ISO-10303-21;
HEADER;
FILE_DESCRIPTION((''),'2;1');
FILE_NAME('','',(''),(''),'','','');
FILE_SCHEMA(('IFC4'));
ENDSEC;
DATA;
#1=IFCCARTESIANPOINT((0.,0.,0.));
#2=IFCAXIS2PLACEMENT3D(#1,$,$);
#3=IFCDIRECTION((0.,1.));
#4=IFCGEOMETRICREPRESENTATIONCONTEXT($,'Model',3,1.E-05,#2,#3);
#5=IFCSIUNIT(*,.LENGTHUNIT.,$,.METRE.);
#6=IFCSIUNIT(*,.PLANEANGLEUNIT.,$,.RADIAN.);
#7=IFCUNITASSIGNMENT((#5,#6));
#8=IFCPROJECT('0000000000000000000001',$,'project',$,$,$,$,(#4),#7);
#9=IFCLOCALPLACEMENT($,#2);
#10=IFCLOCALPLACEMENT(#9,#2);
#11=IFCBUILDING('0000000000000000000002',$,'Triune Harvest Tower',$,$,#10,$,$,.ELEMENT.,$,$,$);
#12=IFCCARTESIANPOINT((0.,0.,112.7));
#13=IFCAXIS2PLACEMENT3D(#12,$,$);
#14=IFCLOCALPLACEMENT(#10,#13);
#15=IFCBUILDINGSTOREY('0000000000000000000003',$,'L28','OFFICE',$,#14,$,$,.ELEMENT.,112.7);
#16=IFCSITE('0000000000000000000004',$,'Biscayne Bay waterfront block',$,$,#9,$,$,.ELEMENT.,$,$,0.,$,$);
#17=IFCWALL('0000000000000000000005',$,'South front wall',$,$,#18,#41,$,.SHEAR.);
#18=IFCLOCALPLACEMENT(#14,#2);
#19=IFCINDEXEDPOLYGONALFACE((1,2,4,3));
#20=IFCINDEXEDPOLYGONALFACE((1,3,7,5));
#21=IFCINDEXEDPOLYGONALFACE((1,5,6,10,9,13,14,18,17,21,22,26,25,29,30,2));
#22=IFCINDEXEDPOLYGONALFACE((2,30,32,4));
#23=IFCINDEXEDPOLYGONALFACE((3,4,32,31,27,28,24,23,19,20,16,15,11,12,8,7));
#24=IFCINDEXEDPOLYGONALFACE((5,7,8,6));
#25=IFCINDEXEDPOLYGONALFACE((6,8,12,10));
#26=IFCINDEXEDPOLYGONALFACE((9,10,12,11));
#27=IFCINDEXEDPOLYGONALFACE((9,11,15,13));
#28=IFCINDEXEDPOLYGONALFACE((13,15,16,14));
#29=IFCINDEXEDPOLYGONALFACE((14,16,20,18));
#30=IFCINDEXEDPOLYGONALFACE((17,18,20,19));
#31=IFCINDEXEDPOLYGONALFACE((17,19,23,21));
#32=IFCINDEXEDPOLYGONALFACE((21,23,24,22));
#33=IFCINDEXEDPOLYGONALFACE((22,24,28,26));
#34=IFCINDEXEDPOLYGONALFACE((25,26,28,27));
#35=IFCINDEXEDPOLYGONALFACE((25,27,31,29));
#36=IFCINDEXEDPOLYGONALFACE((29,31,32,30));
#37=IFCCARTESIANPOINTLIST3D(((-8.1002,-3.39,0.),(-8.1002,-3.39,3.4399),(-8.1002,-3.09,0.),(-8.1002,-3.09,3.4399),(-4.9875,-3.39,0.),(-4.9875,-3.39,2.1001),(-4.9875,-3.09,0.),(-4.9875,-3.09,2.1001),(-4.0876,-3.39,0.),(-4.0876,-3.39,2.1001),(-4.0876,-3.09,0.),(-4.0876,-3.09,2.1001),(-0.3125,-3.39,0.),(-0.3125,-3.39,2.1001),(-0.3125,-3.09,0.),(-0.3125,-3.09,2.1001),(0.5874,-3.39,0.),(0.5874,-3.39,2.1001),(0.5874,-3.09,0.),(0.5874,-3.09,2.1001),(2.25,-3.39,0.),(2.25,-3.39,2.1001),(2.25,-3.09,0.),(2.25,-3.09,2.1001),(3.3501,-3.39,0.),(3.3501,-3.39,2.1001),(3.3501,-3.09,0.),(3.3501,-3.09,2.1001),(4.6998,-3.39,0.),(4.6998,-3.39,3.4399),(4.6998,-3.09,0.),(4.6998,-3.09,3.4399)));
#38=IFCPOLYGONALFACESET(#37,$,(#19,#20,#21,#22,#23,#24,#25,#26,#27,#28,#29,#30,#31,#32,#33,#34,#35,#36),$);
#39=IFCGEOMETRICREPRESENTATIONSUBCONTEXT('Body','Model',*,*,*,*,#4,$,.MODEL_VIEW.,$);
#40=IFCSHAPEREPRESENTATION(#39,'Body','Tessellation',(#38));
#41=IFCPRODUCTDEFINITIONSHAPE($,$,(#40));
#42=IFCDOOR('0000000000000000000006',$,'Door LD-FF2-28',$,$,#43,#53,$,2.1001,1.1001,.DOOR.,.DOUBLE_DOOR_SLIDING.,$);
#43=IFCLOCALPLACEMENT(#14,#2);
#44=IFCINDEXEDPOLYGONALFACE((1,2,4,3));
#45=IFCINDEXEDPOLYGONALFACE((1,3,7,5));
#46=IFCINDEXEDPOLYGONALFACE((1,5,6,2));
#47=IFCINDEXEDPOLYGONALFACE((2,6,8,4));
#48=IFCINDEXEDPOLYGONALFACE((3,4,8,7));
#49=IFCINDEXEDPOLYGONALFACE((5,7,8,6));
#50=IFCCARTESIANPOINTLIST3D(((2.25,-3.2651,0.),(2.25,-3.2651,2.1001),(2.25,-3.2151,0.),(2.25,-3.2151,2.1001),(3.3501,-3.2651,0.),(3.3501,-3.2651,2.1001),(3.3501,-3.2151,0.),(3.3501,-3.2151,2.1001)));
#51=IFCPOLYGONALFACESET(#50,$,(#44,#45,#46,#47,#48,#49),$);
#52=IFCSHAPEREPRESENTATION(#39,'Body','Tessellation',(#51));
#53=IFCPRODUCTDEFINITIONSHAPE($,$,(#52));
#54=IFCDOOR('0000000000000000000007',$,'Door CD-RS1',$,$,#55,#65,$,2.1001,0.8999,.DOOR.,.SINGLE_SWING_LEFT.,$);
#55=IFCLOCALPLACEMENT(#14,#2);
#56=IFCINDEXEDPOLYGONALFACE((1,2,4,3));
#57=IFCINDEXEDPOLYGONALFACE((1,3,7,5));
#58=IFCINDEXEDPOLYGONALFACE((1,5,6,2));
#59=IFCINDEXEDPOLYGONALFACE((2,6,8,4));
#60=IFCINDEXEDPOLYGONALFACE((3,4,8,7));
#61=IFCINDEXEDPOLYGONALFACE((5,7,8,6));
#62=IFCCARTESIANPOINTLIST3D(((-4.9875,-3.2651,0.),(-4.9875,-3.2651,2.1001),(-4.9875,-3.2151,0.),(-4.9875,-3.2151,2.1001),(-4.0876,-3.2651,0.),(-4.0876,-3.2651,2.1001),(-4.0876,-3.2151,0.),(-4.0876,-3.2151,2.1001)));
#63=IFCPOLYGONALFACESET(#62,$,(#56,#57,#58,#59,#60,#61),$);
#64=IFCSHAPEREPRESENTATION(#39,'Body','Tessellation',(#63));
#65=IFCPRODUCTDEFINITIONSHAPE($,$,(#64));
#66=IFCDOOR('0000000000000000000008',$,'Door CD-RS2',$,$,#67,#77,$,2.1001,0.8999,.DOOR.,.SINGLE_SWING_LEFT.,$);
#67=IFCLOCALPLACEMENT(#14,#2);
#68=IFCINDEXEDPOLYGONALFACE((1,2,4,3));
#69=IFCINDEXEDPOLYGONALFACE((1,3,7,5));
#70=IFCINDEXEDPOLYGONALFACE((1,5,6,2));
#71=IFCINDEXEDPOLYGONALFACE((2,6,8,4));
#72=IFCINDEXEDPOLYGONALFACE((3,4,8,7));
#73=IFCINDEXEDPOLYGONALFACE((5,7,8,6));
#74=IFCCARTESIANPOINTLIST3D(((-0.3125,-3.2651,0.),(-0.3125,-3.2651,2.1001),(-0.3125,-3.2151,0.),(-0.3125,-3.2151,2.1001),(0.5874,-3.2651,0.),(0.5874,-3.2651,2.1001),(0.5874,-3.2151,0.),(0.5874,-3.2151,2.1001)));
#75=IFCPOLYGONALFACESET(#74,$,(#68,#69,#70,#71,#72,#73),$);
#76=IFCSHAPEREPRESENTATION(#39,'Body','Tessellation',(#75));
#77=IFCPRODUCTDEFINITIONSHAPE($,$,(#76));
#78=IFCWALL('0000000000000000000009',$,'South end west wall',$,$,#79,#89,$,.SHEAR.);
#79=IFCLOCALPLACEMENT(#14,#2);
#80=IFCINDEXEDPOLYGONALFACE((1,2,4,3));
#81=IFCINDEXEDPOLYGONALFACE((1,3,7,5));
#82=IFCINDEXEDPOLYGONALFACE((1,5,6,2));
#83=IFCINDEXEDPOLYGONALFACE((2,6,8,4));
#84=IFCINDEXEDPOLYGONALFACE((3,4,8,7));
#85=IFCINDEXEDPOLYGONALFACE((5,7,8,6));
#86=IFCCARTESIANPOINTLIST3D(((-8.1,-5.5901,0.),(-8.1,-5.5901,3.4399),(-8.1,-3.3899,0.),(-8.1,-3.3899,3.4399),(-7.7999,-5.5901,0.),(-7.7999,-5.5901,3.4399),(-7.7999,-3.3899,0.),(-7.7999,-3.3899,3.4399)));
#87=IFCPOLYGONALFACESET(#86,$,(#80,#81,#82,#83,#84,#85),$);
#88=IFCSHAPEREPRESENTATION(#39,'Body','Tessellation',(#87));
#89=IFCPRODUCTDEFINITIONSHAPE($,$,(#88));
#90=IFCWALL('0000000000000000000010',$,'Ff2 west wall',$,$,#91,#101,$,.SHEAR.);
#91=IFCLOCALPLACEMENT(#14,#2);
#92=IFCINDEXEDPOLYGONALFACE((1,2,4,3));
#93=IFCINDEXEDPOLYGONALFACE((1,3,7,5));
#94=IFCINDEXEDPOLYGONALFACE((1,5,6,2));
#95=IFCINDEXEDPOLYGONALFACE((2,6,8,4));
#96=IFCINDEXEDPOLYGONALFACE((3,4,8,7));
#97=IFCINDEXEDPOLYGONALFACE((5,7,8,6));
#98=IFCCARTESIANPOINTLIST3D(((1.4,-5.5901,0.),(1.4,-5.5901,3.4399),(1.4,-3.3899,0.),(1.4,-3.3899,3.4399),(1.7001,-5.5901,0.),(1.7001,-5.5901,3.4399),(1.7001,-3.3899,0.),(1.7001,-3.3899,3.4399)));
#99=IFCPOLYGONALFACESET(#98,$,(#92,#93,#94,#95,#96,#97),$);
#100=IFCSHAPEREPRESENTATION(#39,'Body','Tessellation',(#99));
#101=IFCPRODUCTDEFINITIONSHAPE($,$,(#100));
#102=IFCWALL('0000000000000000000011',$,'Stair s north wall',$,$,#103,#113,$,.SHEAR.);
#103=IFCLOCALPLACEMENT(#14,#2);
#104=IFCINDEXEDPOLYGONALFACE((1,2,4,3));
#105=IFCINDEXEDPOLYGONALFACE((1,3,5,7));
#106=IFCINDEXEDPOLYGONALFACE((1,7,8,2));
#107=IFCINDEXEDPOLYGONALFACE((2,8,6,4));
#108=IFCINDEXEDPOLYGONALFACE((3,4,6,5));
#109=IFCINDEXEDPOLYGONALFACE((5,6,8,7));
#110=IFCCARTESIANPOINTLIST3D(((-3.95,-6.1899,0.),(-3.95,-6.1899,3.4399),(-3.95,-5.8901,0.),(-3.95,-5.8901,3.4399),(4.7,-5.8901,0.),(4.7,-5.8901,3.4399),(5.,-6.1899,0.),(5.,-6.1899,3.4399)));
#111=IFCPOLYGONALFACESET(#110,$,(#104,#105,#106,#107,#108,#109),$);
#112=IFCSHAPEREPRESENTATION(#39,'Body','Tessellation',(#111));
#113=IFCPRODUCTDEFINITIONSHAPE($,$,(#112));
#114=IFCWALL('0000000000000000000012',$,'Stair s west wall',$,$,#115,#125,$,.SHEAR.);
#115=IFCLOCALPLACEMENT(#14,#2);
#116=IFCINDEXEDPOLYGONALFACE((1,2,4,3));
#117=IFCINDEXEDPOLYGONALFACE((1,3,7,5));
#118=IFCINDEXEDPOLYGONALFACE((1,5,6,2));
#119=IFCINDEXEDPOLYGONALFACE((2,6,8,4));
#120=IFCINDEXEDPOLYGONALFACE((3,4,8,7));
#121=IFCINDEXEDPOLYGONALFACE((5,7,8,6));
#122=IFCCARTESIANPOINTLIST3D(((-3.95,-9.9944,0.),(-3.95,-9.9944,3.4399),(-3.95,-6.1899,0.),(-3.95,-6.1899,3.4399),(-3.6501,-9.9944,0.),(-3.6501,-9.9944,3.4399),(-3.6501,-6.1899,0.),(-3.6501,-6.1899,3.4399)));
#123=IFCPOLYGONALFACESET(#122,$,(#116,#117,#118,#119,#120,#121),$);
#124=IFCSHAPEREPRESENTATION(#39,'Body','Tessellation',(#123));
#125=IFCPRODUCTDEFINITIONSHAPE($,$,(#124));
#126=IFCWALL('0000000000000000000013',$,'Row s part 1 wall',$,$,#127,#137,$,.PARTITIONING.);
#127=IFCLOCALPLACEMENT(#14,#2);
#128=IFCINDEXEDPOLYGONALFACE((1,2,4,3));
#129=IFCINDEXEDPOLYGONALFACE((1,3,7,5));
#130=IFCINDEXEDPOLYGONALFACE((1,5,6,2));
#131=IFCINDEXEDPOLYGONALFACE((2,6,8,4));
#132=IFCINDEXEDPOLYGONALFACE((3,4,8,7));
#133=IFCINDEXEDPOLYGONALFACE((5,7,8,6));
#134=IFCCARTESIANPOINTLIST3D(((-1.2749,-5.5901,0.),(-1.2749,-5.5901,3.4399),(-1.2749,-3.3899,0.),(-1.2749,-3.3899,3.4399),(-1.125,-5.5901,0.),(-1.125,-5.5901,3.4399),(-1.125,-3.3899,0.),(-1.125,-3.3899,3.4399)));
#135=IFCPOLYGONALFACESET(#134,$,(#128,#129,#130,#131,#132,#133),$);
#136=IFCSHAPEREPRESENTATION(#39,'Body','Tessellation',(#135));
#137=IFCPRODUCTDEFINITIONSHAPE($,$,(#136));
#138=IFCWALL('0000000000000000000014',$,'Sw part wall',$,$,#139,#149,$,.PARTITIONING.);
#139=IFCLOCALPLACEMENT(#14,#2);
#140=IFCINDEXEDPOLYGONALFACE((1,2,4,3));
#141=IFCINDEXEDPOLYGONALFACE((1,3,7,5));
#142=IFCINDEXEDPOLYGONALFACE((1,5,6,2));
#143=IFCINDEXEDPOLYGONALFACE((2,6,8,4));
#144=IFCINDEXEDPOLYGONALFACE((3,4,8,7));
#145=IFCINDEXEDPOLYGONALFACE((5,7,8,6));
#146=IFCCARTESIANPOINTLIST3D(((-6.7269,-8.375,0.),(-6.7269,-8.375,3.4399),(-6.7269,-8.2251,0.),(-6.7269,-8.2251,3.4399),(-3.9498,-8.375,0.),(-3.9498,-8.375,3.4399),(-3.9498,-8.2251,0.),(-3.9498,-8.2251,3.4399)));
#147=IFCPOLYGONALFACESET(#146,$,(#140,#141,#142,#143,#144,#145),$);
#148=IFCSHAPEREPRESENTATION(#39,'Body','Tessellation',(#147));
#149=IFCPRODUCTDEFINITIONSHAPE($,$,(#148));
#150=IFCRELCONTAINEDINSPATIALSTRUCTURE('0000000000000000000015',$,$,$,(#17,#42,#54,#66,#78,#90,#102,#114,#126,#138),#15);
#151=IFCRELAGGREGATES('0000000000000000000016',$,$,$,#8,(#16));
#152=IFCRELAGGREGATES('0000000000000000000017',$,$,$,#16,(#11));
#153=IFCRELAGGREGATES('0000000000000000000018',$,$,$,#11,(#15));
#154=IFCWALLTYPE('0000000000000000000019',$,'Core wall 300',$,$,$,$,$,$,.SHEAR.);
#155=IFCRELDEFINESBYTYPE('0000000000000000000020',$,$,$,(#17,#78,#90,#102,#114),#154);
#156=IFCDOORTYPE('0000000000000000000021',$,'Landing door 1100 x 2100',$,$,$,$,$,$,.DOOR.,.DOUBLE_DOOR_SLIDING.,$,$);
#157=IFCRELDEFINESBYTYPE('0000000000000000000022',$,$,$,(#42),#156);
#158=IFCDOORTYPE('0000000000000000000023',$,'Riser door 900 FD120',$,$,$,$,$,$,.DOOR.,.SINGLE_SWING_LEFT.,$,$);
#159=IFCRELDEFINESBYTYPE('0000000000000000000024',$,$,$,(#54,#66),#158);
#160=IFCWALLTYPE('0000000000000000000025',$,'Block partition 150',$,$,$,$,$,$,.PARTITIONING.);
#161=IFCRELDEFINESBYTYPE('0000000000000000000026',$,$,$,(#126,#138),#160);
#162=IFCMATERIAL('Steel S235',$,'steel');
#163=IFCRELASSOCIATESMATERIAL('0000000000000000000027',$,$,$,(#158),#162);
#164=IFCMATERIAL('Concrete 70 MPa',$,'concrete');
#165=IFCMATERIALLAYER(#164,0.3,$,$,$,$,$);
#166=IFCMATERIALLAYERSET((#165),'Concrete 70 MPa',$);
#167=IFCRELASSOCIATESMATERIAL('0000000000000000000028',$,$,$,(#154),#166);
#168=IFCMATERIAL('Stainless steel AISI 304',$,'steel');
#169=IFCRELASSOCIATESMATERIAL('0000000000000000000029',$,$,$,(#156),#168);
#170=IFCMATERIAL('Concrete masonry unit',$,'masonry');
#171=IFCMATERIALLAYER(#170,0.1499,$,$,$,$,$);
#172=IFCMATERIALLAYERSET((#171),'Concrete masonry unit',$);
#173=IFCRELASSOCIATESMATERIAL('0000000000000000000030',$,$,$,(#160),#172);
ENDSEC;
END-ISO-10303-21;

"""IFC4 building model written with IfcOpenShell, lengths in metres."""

from ifc_helpers import new_model, si_unit, direction, frame, frame_2d, origin, place, context, subcontext, project, spatial, polyline, rectangle, outline, extrude, source, transform, mapped, material, layer, layer_set, type_object, element, fill, save


model = new_model("IFC4")

# Units and contexts
model_context = context("Model", 3, precision=1e-05, world=origin(), true_north=direction((0.0, 1.0)))
body_context = subcontext(model_context, "Body", "Model", "MODEL_VIEW")
ifc_project = project(units=[si_unit("LENGTHUNIT", "METRE"), si_unit("PLANEANGLEUNIT", "RADIAN")], contexts=[model_context])

# Site, building, storey
site_placement = place(None, origin())
site = spatial("IfcSite", under=ifc_project, at=site_placement, Name="Biscayne Bay waterfront block", CompositionType="ELEMENT", RefElevation=0.0)
building_placement = place(site_placement, origin())
building = spatial("IfcBuilding", under=site, at=building_placement, Name="Triune Harvest Tower", CompositionType="ELEMENT")
storey_placement = place(building_placement, frame((0.0, 0.0, 112.7)))
storey = spatial("IfcBuildingStorey", under=building, at=storey_placement, Name="L28", Description="OFFICE", CompositionType="ELEMENT", Elevation=112.7)

# Shared definitions
ifc_material_1 = material(Name="Steel S235", Category="steel")
door_type_1 = type_object("IfcDoorType", Name="Riser door 900 FD120", OperationType="SINGLE_SWING_LEFT", PredefinedType="DOOR", material=ifc_material_1)

# Shared definitions
ifc_material_2 = material(Name="Concrete 70 MPa", Category="concrete")
ifc_layer_1 = layer(ifc_material_2, 0.3)
ifc_layer_set_1 = layer_set([ifc_layer_1], Name="Concrete 70 MPa")
wall_type_1 = type_object("IfcWallType", Name="Core wall 300", PredefinedType="SHEAR", material=ifc_layer_set_1)

# Wall, openings, doors
shared_shape_1 = source(origin(), body_context, "Body", "SweptSolid", [
    extrude(rectangle(XDim=12.8, YDim=0.3, at=frame_2d((6.3999, 0.0))), origin(), (0.0, 0.0, 1.0), 3.4399),
])
wall_1_placement = place(storey_placement, frame((-8.1001, -3.24, 0.0), z_axis=(0.0, 0.0, 1.0), x_axis=(1.0, 0.0, 0.0)))
wall_1 = element("IfcWall", 1, at=wall_1_placement, inside=storey, type_object=wall_type_1, Name="South front wall", PredefinedType="SHEAR", context=body_context, shape_type="MappedRepresentation", body=[
    mapped(shared_shape_1, transform((0.0, 0.0, 0.0), scale=1.0)),
])
opening_1_placement = place(wall_1_placement, frame((3.1125, 0.0, 0.0)))
opening_1 = element("IfcOpeningElement", 2, at=opening_1_placement, cuts=wall_1, PredefinedType="OPENING", context=body_context, shape_type="SweptSolid", body=[
    extrude(rectangle(XDim=0.8999, YDim=2.1001, at=frame_2d((0.45, 1.05))), frame((0.0, 0.1602, 0.0), z_axis=(0.0, -1.0, 0.0), x_axis=(1.0, 0.0, 0.0)), (0.0, 0.0, 1.0), 0.3201),
])
opening_2_placement = place(wall_1_placement, frame((7.7876, 0.0, 0.0)))
opening_2 = element("IfcOpeningElement", 3, at=opening_2_placement, cuts=wall_1, PredefinedType="OPENING", context=body_context, shape_type="SweptSolid", body=[
    extrude(rectangle(XDim=0.8999, YDim=2.1001, at=frame_2d((0.45, 1.05))), frame((0.0, 0.1602, 0.0), z_axis=(0.0, -1.0, 0.0), x_axis=(1.0, 0.0, 0.0)), (0.0, 0.0, 1.0), 0.3201),
])
opening_3_placement = place(wall_1_placement, frame((10.3501, 0.0, 0.0)))
opening_3 = element("IfcOpeningElement", 4, at=opening_3_placement, cuts=wall_1, PredefinedType="OPENING", context=body_context, shape_type="SweptSolid", body=[
    extrude(rectangle(XDim=1.1001, YDim=2.1001, at=frame_2d((0.55, 1.05))), frame((0.0, 0.1602, 0.0), z_axis=(0.0, -1.0, 0.0), x_axis=(1.0, 0.0, 0.0)), (0.0, 0.0, 1.0), 0.3201),
])
ifc_material_3 = material(Name="Stainless steel AISI 304", Category="steel")
door_type_2 = type_object("IfcDoorType", Name="Landing door 1100 x 2100", OperationType="DOUBLE_DOOR_SLIDING", PredefinedType="DOOR", material=ifc_material_3)
door_1_placement = place(opening_3_placement, origin())
door_1 = element("IfcDoor", 5, at=door_1_placement, inside=storey, type_object=door_type_2, Name="Door LD-FF2-28", OperationType="DOUBLE_DOOR_SLIDING", OverallHeight=2.1001, OverallWidth=1.1001, PredefinedType="DOOR", context=body_context, shape_type="SweptSolid", body=[
    extrude(rectangle(XDim=1.1001, YDim=2.1001, at=frame_2d((0.55, 1.05))), frame((0.0, 0.0249, 0.0), z_axis=(0.0, -1.0, 0.0), x_axis=(1.0, 0.0, 0.0)), (0.0, 0.0, 1.0), 0.05),
])
fill(opening_3, door_1)
door_2_placement = place(opening_1_placement, origin())
door_2 = element("IfcDoor", 6, at=door_2_placement, inside=storey, type_object=door_type_1, Name="Door CD-RS1", OperationType="SINGLE_SWING_LEFT", OverallHeight=2.1001, OverallWidth=0.8999, PredefinedType="DOOR", context=body_context, shape_type="SweptSolid", body=[
    extrude(rectangle(XDim=0.8999, YDim=2.1001, at=frame_2d((0.45, 1.05))), frame((0.0, 0.0249, 0.0), z_axis=(0.0, -1.0, 0.0), x_axis=(1.0, 0.0, 0.0)), (0.0, 0.0, 1.0), 0.05),
])
fill(opening_1, door_2)
door_3_placement = place(opening_2_placement, origin())
door_3 = element("IfcDoor", 7, at=door_3_placement, inside=storey, type_object=door_type_1, Name="Door CD-RS2", OperationType="SINGLE_SWING_LEFT", OverallHeight=2.1001, OverallWidth=0.8999, PredefinedType="DOOR", context=body_context, shape_type="SweptSolid", body=[
    extrude(rectangle(XDim=0.8999, YDim=2.1001, at=frame_2d((0.45, 1.05))), frame((0.0, 0.0249, 0.0), z_axis=(0.0, -1.0, 0.0), x_axis=(1.0, 0.0, 0.0)), (0.0, 0.0, 1.0), 0.05),
])
fill(opening_2, door_3)

# Walls
shared_shape_2 = source(origin(), body_context, "Body", "SweptSolid", [
    extrude(rectangle(XDim=2.2002, YDim=0.3, at=frame_2d((1.1001, 0.0))), origin(), (0.0, 0.0, 1.0), 3.4399),
])
for number, where, z_axis, x_axis, name in (
    (8, (-7.95, -5.5901, 0.0), (0.0, 0.0, 1.0), (0.0, 1.0, 0.0), "South end west wall"),
    (9, (1.55, -5.5901, 0.0), (0.0, 0.0, 1.0), (0.0, 1.0, 0.0), "Ff2 west wall"),
):
    element("IfcWall", number, at=place(storey_placement, frame(where, z_axis=z_axis, x_axis=x_axis)), inside=storey, type_object=wall_type_1, Name=name, PredefinedType="SHEAR", context=body_context, shape_type="MappedRepresentation", body=[
        mapped(shared_shape_2, transform((0.0, 0.0, 0.0), scale=1.0)),
    ])
shared_shape_3 = source(origin(), body_context, "Body", "SweptSolid", [
    extrude(outline(polyline([(0.0, -0.1499), (8.95, -0.1499), (8.6499, 0.1499), (0.0, 0.1499), (0.0, -0.1499)])), origin(), (0.0, 0.0, 1.0), 3.4399),
])
wall_2_placement = place(storey_placement, frame((-3.95, -6.04, 0.0), z_axis=(0.0, 0.0, 1.0), x_axis=(1.0, 0.0, 0.0)))
element("IfcWall", 10, at=wall_2_placement, inside=storey, type_object=wall_type_1, Name="Stair s north wall", PredefinedType="SHEAR", context=body_context, shape_type="MappedRepresentation", body=[
    mapped(shared_shape_3, transform((0.0, 0.0, 0.0), scale=1.0)),
])
shared_shape_4 = source(origin(), body_context, "Body", "SweptSolid", [
    extrude(outline(polyline([(3.8, -0.1499), (-0.0044, -0.1499), (-0.0044, 0.1499), (3.8, 0.1499), (3.8, -0.1499)])), origin(), (0.0, 0.0, 1.0), 3.4399),
])
wall_3_placement = place(storey_placement, frame((-3.8, -9.99, 0.0), z_axis=(0.0, 0.0, 1.0), x_axis=(0.0, 1.0, 0.0)))
element("IfcWall", 11, at=wall_3_placement, inside=storey, type_object=wall_type_1, Name="Stair s west wall", PredefinedType="SHEAR", context=body_context, shape_type="MappedRepresentation", body=[
    mapped(shared_shape_4, transform((0.0, 0.0, 0.0), scale=1.0)),
])
ifc_material_4 = material(Name="Concrete masonry unit", Category="masonry")
ifc_layer_2 = layer(ifc_material_4, 0.1499)
ifc_layer_set_2 = layer_set([ifc_layer_2], Name="Concrete masonry unit")
wall_type_2 = type_object("IfcWallType", Name="Block partition 150", PredefinedType="PARTITIONING", material=ifc_layer_set_2)
shared_shape_5 = source(origin(), body_context, "Body", "SweptSolid", [
    extrude(rectangle(XDim=2.2002, YDim=0.1499, at=frame_2d((1.1001, 0.0))), origin(), (0.0, 0.0, 1.0), 3.4399),
])
wall_4_placement = place(storey_placement, frame((-1.2, -5.5901, 0.0), z_axis=(0.0, 0.0, 1.0), x_axis=(0.0, 1.0, 0.0)))
element("IfcWall", 12, at=wall_4_placement, inside=storey, type_object=wall_type_2, Name="Row s part 1 wall", PredefinedType="PARTITIONING", context=body_context, shape_type="MappedRepresentation", body=[
    mapped(shared_shape_5, transform((0.0, 0.0, 0.0), scale=1.0)),
])
shared_shape_6 = source(origin(), body_context, "Body", "SweptSolid", [
    extrude(rectangle(XDim=2.7771, YDim=0.1499, at=frame_2d((1.3887, 0.0))), origin(), (0.0, 0.0, 1.0), 3.4399),
])
wall_5_placement = place(storey_placement, frame((-6.7271, -8.3, 0.0), z_axis=(0.0, 0.0, 1.0), x_axis=(1.0, 0.0, 0.0)))
element("IfcWall", 13, at=wall_5_placement, inside=storey, type_object=wall_type_2, Name="Sw part wall", PredefinedType="PARTITIONING", context=body_context, shape_type="MappedRepresentation", body=[
    mapped(shared_shape_6, transform((0.0, 0.0, 0.0), scale=1.0)),
])

save(model, "model.ifc")
